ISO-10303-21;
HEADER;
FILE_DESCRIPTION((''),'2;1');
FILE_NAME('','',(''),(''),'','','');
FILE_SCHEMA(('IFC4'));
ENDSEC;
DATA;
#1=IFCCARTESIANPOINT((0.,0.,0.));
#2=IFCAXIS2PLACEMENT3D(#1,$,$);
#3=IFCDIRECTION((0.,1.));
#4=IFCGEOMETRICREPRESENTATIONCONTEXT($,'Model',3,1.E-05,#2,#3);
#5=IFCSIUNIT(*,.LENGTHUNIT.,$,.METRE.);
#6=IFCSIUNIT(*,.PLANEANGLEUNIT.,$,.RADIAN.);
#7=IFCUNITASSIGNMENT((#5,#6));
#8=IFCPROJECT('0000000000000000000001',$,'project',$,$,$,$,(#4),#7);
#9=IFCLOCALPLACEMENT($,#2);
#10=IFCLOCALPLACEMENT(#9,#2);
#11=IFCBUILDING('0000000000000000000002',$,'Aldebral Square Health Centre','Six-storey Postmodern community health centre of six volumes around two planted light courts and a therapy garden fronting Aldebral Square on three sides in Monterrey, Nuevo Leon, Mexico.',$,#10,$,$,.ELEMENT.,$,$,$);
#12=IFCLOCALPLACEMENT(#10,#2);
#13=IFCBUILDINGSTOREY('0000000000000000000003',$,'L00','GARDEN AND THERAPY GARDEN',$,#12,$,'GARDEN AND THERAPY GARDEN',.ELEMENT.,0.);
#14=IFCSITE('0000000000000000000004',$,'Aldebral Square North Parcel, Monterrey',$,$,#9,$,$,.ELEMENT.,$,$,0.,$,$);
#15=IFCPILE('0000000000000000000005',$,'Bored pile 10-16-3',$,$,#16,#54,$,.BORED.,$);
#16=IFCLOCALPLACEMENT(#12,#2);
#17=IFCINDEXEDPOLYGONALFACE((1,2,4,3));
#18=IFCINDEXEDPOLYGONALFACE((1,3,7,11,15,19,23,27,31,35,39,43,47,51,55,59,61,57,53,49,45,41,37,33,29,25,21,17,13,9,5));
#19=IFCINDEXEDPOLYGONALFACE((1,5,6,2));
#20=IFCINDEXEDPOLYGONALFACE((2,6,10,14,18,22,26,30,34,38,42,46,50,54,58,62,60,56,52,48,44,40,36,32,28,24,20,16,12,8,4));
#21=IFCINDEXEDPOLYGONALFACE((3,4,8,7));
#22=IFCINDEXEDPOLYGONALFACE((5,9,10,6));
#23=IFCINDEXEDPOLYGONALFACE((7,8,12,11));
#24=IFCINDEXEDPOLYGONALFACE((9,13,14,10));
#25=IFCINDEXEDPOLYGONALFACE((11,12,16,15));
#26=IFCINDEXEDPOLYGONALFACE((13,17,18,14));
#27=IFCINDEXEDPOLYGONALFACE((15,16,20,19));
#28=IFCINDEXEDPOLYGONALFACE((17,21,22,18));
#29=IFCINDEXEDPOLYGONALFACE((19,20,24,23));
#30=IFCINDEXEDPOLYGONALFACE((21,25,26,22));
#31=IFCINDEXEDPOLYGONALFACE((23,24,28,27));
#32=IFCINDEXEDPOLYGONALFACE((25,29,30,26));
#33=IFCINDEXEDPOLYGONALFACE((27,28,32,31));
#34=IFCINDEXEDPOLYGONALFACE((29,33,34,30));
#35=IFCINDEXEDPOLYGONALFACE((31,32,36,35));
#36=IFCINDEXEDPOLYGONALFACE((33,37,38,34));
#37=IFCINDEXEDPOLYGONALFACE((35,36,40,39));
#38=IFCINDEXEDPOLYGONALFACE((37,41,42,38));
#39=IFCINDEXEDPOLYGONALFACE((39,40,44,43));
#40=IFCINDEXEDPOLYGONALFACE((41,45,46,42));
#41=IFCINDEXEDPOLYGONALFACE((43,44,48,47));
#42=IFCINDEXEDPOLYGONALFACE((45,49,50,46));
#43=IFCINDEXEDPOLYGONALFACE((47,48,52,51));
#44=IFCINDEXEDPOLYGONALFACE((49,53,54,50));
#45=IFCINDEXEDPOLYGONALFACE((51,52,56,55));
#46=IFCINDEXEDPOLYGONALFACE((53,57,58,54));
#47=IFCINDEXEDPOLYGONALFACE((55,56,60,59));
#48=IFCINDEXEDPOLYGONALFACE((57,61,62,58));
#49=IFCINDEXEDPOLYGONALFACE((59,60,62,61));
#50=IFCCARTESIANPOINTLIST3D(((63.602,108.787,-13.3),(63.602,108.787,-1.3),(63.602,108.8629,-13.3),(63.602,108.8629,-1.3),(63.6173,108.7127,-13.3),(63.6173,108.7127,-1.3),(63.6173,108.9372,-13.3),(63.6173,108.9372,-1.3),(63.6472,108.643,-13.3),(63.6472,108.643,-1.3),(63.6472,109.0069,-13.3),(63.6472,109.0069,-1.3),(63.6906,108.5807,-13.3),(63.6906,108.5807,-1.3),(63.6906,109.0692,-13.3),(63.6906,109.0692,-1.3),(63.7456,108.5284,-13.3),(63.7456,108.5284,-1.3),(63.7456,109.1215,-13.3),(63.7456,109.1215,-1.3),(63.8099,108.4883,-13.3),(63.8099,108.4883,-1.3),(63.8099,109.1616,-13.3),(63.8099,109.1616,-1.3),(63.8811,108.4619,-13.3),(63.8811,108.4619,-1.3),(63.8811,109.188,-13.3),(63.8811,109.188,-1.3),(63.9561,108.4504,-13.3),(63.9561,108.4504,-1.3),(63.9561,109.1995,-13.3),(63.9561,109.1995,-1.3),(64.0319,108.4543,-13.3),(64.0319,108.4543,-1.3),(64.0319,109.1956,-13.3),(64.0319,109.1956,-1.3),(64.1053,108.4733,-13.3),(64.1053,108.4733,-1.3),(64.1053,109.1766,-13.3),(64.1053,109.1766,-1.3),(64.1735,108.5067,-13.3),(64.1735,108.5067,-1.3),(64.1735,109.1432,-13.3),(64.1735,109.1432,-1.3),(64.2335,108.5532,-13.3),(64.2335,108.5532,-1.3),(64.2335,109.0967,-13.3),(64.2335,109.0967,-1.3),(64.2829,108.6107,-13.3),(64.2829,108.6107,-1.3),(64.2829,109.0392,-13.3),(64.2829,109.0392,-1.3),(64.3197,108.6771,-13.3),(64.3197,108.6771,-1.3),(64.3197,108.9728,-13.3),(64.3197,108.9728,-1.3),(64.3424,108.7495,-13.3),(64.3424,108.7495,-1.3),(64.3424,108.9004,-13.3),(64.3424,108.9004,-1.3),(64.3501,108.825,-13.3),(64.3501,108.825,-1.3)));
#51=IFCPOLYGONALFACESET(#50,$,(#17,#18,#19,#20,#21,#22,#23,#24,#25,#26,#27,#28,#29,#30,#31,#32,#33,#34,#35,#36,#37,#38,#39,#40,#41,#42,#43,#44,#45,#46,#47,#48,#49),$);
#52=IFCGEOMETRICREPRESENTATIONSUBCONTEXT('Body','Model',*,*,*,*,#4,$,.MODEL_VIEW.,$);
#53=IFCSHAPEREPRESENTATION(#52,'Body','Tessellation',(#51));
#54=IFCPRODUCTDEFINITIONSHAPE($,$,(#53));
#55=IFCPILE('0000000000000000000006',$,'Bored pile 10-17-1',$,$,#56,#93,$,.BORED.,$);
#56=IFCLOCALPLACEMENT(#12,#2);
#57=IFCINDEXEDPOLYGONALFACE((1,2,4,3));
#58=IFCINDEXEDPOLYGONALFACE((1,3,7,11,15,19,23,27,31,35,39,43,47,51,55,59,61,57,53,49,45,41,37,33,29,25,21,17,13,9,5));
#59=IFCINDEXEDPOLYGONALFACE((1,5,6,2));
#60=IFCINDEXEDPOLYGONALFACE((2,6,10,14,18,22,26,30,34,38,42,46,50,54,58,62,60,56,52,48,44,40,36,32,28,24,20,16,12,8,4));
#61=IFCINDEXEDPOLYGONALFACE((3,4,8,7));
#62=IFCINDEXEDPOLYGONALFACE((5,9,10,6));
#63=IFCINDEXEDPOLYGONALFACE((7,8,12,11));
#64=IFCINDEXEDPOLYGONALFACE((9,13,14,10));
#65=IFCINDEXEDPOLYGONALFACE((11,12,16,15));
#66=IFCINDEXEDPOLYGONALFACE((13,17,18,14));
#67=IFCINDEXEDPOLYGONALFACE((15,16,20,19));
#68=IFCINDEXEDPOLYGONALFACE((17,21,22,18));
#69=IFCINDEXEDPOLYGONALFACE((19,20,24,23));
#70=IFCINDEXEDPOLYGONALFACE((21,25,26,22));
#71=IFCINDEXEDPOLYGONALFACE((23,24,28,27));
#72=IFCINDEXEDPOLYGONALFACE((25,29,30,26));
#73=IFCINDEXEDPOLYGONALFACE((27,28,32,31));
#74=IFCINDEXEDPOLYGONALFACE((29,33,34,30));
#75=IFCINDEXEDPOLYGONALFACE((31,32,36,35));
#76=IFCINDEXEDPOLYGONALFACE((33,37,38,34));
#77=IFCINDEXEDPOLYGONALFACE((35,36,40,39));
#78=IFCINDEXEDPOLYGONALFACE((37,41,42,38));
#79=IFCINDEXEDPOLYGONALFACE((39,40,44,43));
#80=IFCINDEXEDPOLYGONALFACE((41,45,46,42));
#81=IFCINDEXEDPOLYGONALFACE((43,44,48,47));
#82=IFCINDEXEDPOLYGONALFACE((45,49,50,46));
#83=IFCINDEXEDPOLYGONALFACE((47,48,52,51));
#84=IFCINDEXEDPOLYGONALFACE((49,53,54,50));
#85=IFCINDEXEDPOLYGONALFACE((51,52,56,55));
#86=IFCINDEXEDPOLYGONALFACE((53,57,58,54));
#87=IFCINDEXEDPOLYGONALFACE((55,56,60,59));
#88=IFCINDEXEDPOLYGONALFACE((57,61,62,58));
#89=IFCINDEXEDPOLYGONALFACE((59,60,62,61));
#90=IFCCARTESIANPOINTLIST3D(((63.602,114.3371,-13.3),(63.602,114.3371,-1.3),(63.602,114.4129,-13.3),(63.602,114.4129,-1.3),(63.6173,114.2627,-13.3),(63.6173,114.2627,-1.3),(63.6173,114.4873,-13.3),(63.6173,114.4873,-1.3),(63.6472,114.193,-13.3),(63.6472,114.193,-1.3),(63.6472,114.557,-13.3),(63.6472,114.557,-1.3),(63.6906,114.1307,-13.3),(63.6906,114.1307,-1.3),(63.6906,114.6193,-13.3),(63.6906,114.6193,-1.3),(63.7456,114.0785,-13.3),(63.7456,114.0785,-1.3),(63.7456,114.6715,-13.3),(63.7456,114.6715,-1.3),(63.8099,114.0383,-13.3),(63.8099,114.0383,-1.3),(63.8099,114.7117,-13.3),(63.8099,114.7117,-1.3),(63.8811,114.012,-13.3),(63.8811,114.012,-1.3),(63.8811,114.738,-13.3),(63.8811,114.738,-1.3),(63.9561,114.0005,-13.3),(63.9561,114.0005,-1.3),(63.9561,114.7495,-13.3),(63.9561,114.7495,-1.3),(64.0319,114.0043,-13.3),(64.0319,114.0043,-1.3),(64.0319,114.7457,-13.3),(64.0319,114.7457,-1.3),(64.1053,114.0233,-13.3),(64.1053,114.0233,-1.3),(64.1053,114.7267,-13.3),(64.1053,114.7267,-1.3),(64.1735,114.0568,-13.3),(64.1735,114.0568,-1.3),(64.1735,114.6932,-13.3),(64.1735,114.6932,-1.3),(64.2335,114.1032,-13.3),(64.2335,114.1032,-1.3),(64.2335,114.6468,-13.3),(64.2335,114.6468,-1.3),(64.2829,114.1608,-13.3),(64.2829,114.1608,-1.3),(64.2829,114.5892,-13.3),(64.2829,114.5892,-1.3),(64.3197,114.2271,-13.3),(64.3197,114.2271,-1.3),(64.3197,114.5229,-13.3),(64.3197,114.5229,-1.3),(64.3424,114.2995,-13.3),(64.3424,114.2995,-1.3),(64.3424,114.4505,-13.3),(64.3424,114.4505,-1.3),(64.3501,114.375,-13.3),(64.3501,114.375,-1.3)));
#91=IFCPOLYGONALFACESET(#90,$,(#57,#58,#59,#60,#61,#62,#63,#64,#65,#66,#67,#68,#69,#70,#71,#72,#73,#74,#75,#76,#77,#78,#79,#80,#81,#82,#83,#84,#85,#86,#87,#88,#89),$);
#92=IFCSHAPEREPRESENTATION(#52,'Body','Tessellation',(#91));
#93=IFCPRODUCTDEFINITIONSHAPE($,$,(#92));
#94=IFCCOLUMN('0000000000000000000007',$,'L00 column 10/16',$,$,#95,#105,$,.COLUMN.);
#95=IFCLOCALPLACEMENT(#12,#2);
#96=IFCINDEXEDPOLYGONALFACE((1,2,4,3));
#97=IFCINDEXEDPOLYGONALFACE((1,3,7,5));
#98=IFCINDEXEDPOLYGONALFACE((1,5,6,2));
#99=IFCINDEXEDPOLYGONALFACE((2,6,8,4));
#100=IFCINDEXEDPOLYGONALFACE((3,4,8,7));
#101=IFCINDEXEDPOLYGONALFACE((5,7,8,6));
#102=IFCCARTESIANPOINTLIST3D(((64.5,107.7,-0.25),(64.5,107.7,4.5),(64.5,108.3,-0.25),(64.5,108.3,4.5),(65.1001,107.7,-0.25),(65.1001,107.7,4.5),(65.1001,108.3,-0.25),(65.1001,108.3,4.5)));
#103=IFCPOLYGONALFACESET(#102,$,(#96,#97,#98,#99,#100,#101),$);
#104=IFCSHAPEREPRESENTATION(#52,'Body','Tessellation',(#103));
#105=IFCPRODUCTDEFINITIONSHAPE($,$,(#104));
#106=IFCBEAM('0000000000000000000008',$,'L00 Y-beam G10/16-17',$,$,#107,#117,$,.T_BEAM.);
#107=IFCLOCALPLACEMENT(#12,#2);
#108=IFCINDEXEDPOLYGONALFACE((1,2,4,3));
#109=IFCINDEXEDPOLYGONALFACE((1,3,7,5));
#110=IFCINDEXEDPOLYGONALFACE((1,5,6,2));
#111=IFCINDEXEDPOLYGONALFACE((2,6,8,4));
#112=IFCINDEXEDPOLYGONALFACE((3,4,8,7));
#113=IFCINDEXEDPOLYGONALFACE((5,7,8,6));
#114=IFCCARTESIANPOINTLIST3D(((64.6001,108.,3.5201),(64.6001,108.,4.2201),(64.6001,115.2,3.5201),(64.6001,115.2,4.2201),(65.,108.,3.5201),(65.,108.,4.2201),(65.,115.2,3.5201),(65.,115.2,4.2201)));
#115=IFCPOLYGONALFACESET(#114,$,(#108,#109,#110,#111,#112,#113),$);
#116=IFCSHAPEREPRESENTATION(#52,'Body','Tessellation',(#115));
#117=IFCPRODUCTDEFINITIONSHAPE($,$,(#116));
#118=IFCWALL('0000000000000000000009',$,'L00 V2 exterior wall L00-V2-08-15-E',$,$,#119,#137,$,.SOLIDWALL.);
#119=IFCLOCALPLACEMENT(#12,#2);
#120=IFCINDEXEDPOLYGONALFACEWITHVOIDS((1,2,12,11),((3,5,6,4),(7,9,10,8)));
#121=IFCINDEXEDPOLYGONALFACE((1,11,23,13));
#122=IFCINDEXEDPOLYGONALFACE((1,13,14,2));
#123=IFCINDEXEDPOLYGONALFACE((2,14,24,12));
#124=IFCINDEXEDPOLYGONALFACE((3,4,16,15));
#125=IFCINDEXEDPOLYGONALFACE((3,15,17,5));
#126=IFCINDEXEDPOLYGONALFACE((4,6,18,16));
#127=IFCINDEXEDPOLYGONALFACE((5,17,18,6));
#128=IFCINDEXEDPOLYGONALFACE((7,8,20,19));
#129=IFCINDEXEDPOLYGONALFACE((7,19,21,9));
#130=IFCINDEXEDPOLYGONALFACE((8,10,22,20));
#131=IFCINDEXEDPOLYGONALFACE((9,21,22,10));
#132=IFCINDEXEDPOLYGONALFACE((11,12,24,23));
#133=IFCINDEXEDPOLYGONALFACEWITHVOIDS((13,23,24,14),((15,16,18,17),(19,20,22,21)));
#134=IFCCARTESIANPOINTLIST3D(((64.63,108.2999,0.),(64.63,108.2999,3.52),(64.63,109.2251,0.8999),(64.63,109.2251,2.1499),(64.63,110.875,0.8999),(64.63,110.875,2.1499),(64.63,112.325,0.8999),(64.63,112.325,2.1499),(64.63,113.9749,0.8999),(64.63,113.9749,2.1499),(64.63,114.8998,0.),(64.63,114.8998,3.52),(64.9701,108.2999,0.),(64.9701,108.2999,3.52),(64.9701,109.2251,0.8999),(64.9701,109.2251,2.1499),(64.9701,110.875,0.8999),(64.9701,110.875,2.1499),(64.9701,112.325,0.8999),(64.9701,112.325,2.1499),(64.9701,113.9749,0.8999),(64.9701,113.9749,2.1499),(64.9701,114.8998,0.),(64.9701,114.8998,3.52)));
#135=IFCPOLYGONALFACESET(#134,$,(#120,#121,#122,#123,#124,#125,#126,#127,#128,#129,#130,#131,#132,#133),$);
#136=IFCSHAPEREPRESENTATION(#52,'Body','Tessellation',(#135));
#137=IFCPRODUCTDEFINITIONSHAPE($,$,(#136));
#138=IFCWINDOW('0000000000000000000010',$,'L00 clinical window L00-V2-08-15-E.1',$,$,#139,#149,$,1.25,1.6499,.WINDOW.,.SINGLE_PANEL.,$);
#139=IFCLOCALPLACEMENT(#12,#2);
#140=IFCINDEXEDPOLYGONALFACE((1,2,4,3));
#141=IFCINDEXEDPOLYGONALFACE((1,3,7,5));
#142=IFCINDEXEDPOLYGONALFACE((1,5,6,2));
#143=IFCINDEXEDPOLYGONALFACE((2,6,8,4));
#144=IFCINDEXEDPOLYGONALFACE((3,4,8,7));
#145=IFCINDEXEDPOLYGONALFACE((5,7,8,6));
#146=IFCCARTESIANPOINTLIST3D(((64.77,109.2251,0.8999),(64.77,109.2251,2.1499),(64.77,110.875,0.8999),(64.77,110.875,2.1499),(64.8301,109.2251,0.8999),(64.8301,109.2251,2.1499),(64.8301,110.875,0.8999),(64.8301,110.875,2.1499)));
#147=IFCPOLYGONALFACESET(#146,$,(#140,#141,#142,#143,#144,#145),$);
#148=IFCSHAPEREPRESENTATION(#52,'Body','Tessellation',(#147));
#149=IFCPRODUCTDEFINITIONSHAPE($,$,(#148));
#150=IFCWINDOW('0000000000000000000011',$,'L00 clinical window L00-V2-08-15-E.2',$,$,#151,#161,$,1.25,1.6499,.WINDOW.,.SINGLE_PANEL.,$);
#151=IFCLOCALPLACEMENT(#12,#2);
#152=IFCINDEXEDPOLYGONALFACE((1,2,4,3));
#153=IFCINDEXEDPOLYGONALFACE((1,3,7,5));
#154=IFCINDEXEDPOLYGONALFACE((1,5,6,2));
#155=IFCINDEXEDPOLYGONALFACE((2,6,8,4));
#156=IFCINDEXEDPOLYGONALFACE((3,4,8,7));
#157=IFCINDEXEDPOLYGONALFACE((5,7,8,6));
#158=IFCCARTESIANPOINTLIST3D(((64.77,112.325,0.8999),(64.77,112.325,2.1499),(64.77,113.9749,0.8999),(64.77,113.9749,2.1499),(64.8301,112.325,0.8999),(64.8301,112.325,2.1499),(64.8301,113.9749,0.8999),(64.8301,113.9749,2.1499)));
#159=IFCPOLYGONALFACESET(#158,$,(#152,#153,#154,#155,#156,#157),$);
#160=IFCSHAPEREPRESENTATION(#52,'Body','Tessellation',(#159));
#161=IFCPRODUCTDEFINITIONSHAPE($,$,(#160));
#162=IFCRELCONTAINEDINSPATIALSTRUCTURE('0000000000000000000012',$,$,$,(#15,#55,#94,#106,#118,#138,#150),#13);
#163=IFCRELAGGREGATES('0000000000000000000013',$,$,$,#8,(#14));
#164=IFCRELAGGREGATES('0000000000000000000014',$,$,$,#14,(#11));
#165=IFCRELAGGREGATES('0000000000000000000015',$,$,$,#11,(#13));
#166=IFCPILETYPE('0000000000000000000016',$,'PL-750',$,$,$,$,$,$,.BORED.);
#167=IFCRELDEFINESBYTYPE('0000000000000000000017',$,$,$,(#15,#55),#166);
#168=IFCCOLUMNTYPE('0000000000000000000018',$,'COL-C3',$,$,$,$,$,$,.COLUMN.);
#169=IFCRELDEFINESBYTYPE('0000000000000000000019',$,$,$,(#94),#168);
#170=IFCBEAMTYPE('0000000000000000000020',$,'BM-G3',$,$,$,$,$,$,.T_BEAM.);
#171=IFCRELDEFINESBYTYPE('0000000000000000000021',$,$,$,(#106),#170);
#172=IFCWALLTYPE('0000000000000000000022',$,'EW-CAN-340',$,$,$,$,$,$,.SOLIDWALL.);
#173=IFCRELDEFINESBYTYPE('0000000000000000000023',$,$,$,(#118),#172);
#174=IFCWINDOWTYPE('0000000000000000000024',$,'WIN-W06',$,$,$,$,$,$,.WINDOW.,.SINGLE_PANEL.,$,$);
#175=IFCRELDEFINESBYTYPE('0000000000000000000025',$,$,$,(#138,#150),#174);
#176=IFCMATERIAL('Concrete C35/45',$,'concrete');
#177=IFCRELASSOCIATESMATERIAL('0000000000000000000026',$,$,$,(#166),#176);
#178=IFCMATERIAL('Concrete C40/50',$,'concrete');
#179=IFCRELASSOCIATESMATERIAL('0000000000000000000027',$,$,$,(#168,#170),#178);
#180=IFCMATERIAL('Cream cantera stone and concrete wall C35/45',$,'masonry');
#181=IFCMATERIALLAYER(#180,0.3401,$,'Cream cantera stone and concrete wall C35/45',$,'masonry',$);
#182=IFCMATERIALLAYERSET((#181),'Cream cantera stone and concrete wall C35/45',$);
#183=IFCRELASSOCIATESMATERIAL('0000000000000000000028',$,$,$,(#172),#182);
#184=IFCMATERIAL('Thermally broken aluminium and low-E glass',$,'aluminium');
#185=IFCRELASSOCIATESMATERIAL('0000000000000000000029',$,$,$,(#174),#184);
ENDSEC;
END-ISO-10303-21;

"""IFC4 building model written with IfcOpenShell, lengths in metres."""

from ifc_helpers import new_model, si_unit, direction, frame, frame_2d, origin, origin_2d, place, context, subcontext, project, spatial, rectangle, circle, extrude, material, layer, layer_set, material_profile, profile_set, type_object, element, fill, save


model = new_model("IFC4")

# Units and contexts
model_context = context("Model", 3, precision=1e-05, world=origin(), true_north=direction((0.0, 1.0)))
body_context = subcontext(model_context, "Body", "Model", "MODEL_VIEW")
ifc_project = project(units=[si_unit("LENGTHUNIT", "METRE"), si_unit("PLANEANGLEUNIT", "RADIAN")], contexts=[model_context])

# Site, building, storey
site_placement = place(None, origin())
site = spatial("IfcSite", under=ifc_project, at=site_placement, Name="Aldebral Square North Parcel, Monterrey", CompositionType="ELEMENT", RefElevation=0.0)
building_placement = place(site_placement, origin())
building = spatial("IfcBuilding", under=site, at=building_placement, Name="Aldebral Square Health Centre", Description="Six-storey Postmodern community health centre of six volumes around two planted light courts and a therapy garden fronting Aldebral Square on three sides in Monterrey, Nuevo Leon, Mexico.", CompositionType="ELEMENT")
storey_placement = place(building_placement, origin())
storey = spatial("IfcBuildingStorey", under=building, at=storey_placement, Name="L00", Description="GARDEN AND THERAPY GARDEN", LongName="GARDEN AND THERAPY GARDEN", CompositionType="ELEMENT", Elevation=0.0)

# Shared definitions
ifc_material_1 = material(Name="Concrete C35/45", Category="concrete")

# Piles
ifc_material_profile_1 = material_profile(ifc_material_1, circle(Radius=0.375, at=origin_2d()), Name="PILE D750")
ifc_profile_set_1 = profile_set([ifc_material_profile_1], Name="Concrete C35/45")
pile_type = type_object("IfcPileType", Name="PL-750", PredefinedType="BORED", material=ifc_profile_set_1)
for number, where, z_axis, x_axis, name in (
    (1, (63.9751, 108.825, -1.3), (0.0, 0.0, -1.0), (1.0, 0.0, 0.0), "Bored pile 10-16-3"),
    (2, (63.9751, 114.375, -1.3), (0.0, 0.0, -1.0), (1.0, 0.0, 0.0), "Bored pile 10-17-1"),
):
    element("IfcPile", number, at=place(storey_placement, frame(where, z_axis=z_axis, x_axis=x_axis)), inside=storey, type_object=pile_type, Name=name, PredefinedType="BORED", context=body_context, shape_type="SweptSolid", body=[
        extrude(circle(Radius=0.375, at=origin_2d()), origin(), (0.0, 0.0, 1.0), 12.0),
    ])

# Column
ifc_material_2 = material(Name="Concrete C40/50", Category="concrete")
ifc_material_profile_2 = material_profile(ifc_material_2, rectangle(XDim=0.6001, YDim=0.6001, at=origin_2d()), Name="RC 600x600")
ifc_profile_set_2 = profile_set([ifc_material_profile_2], Name="Concrete C40/50")
column_type = type_object("IfcColumnType", Name="COL-C3", PredefinedType="COLUMN", material=ifc_profile_set_2)
column_placement = place(storey_placement, frame((64.8, 108.0, -0.25), z_axis=(0.0, 0.0, 1.0), x_axis=(1.0, 0.0, 0.0)))
element("IfcColumn", 3, at=column_placement, inside=storey, type_object=column_type, Name="L00 column 10/16", PredefinedType="COLUMN", context=body_context, shape_type="SweptSolid", body=[
    extrude(rectangle(XDim=0.6001, YDim=0.6001, at=origin_2d()), origin(), (0.0, 0.0, 1.0), 4.75),
])

# Beam
ifc_material_profile_3 = material_profile(ifc_material_2, rectangle(XDim=0.3999, YDim=0.7, at=origin_2d()), Name="RC 400x700")
ifc_profile_set_3 = profile_set([ifc_material_profile_3], Name="Concrete C40/50")
beam_type = type_object("IfcBeamType", Name="BM-G3", PredefinedType="T_BEAM", material=ifc_profile_set_3)
beam_placement = place(storey_placement, frame((64.8, 108.0, 3.8701), z_axis=(0.0, 1.0, 0.0), x_axis=(-1.0, 0.0, 0.0)))
element("IfcBeam", 4, at=beam_placement, inside=storey, type_object=beam_type, Name="L00 Y-beam G10/16-17", PredefinedType="T_BEAM", context=body_context, shape_type="SweptSolid", body=[
    extrude(rectangle(XDim=0.3999, YDim=0.7, at=origin_2d()), origin(), (0.0, 0.0, 1.0), 7.2),
])

# Wall, openings, windows
ifc_material_3 = material(Name="Cream cantera stone and concrete wall C35/45", Category="masonry")
ifc_layer_1 = layer(ifc_material_3, 0.3401, Name="Cream cantera stone and concrete wall C35/45", Category="masonry")
ifc_layer_set_1 = layer_set([ifc_layer_1], Name="Cream cantera stone and concrete wall C35/45")
wall_type_1 = type_object("IfcWallType", Name="EW-CAN-340", PredefinedType="SOLIDWALL", material=ifc_layer_set_1)
wall_1_placement = place(storey_placement, frame((64.8, 108.3, 0.0), z_axis=(0.0, 0.0, 1.0), x_axis=(0.0, 1.0, 0.0)))
wall_1 = element("IfcWall", 5, at=wall_1_placement, inside=storey, type_object=wall_type_1, Name="L00 V2 exterior wall L00-V2-08-15-E", PredefinedType="SOLIDWALL", context=body_context, shape_type="SweptSolid", body=[
    extrude(rectangle(XDim=6.5999, YDim=0.3401, at=frame_2d((3.2998, 0.0))), origin(), (0.0, 0.0, 1.0), 3.52),
])
opening_1_placement = place(wall_1_placement, frame((0.925, 0.0, 0.8999)))
opening_1 = element("IfcOpeningElement", 6, at=opening_1_placement, cuts=wall_1, PredefinedType="OPENING", context=body_context, shape_type="SweptSolid", body=[
    extrude(rectangle(XDim=1.6499, YDim=1.25, at=frame_2d((0.825, 0.625))), frame((0.0, 0.1802, 0.0), z_axis=(0.0, -1.0, 0.0), x_axis=(1.0, 0.0, 0.0)), (0.0, 0.0, 1.0), 0.3601),
])
opening_2_placement = place(wall_1_placement, frame((4.0249, 0.0, 0.8999)))
opening_2 = element("IfcOpeningElement", 7, at=opening_2_placement, cuts=wall_1, PredefinedType="OPENING", context=body_context, shape_type="SweptSolid", body=[
    extrude(rectangle(XDim=1.6499, YDim=1.25, at=frame_2d((0.825, 0.625))), frame((0.0, 0.1802, 0.0), z_axis=(0.0, -1.0, 0.0), x_axis=(1.0, 0.0, 0.0)), (0.0, 0.0, 1.0), 0.3601),
])
ifc_material_4 = material(Name="Thermally broken aluminium and low-E glass", Category="aluminium")
window_type_1 = type_object("IfcWindowType", Name="WIN-W06", PartitioningType="SINGLE_PANEL", PredefinedType="WINDOW", material=ifc_material_4)
window_1_placement = place(opening_1_placement, origin())
window_1 = element("IfcWindow", 8, at=window_1_placement, inside=storey, type_object=window_type_1, Name="L00 clinical window L00-V2-08-15-E.1", OverallHeight=1.25, OverallWidth=1.6499, PartitioningType="SINGLE_PANEL", PredefinedType="WINDOW", context=body_context, shape_type="SweptSolid", body=[
    extrude(rectangle(XDim=1.6499, YDim=1.25, at=frame_2d((0.825, 0.625))), frame((0.0, 0.03, 0.0), z_axis=(0.0, -1.0, 0.0), x_axis=(1.0, 0.0, 0.0)), (0.0, 0.0, 1.0), 0.0601),
])
fill(opening_1, window_1)
window_2_placement = place(opening_2_placement, origin())
window_2 = element("IfcWindow", 9, at=window_2_placement, inside=storey, type_object=window_type_1, Name="L00 clinical window L00-V2-08-15-E.2", OverallHeight=1.25, OverallWidth=1.6499, PartitioningType="SINGLE_PANEL", PredefinedType="WINDOW", context=body_context, shape_type="SweptSolid", body=[
    extrude(rectangle(XDim=1.6499, YDim=1.25, at=frame_2d((0.825, 0.625))), frame((0.0, 0.03, 0.0), z_axis=(0.0, -1.0, 0.0), x_axis=(1.0, 0.0, 0.0)), (0.0, 0.0, 1.0), 0.0601),
])
fill(opening_2, window_2)

save(model, "model.ifc")
